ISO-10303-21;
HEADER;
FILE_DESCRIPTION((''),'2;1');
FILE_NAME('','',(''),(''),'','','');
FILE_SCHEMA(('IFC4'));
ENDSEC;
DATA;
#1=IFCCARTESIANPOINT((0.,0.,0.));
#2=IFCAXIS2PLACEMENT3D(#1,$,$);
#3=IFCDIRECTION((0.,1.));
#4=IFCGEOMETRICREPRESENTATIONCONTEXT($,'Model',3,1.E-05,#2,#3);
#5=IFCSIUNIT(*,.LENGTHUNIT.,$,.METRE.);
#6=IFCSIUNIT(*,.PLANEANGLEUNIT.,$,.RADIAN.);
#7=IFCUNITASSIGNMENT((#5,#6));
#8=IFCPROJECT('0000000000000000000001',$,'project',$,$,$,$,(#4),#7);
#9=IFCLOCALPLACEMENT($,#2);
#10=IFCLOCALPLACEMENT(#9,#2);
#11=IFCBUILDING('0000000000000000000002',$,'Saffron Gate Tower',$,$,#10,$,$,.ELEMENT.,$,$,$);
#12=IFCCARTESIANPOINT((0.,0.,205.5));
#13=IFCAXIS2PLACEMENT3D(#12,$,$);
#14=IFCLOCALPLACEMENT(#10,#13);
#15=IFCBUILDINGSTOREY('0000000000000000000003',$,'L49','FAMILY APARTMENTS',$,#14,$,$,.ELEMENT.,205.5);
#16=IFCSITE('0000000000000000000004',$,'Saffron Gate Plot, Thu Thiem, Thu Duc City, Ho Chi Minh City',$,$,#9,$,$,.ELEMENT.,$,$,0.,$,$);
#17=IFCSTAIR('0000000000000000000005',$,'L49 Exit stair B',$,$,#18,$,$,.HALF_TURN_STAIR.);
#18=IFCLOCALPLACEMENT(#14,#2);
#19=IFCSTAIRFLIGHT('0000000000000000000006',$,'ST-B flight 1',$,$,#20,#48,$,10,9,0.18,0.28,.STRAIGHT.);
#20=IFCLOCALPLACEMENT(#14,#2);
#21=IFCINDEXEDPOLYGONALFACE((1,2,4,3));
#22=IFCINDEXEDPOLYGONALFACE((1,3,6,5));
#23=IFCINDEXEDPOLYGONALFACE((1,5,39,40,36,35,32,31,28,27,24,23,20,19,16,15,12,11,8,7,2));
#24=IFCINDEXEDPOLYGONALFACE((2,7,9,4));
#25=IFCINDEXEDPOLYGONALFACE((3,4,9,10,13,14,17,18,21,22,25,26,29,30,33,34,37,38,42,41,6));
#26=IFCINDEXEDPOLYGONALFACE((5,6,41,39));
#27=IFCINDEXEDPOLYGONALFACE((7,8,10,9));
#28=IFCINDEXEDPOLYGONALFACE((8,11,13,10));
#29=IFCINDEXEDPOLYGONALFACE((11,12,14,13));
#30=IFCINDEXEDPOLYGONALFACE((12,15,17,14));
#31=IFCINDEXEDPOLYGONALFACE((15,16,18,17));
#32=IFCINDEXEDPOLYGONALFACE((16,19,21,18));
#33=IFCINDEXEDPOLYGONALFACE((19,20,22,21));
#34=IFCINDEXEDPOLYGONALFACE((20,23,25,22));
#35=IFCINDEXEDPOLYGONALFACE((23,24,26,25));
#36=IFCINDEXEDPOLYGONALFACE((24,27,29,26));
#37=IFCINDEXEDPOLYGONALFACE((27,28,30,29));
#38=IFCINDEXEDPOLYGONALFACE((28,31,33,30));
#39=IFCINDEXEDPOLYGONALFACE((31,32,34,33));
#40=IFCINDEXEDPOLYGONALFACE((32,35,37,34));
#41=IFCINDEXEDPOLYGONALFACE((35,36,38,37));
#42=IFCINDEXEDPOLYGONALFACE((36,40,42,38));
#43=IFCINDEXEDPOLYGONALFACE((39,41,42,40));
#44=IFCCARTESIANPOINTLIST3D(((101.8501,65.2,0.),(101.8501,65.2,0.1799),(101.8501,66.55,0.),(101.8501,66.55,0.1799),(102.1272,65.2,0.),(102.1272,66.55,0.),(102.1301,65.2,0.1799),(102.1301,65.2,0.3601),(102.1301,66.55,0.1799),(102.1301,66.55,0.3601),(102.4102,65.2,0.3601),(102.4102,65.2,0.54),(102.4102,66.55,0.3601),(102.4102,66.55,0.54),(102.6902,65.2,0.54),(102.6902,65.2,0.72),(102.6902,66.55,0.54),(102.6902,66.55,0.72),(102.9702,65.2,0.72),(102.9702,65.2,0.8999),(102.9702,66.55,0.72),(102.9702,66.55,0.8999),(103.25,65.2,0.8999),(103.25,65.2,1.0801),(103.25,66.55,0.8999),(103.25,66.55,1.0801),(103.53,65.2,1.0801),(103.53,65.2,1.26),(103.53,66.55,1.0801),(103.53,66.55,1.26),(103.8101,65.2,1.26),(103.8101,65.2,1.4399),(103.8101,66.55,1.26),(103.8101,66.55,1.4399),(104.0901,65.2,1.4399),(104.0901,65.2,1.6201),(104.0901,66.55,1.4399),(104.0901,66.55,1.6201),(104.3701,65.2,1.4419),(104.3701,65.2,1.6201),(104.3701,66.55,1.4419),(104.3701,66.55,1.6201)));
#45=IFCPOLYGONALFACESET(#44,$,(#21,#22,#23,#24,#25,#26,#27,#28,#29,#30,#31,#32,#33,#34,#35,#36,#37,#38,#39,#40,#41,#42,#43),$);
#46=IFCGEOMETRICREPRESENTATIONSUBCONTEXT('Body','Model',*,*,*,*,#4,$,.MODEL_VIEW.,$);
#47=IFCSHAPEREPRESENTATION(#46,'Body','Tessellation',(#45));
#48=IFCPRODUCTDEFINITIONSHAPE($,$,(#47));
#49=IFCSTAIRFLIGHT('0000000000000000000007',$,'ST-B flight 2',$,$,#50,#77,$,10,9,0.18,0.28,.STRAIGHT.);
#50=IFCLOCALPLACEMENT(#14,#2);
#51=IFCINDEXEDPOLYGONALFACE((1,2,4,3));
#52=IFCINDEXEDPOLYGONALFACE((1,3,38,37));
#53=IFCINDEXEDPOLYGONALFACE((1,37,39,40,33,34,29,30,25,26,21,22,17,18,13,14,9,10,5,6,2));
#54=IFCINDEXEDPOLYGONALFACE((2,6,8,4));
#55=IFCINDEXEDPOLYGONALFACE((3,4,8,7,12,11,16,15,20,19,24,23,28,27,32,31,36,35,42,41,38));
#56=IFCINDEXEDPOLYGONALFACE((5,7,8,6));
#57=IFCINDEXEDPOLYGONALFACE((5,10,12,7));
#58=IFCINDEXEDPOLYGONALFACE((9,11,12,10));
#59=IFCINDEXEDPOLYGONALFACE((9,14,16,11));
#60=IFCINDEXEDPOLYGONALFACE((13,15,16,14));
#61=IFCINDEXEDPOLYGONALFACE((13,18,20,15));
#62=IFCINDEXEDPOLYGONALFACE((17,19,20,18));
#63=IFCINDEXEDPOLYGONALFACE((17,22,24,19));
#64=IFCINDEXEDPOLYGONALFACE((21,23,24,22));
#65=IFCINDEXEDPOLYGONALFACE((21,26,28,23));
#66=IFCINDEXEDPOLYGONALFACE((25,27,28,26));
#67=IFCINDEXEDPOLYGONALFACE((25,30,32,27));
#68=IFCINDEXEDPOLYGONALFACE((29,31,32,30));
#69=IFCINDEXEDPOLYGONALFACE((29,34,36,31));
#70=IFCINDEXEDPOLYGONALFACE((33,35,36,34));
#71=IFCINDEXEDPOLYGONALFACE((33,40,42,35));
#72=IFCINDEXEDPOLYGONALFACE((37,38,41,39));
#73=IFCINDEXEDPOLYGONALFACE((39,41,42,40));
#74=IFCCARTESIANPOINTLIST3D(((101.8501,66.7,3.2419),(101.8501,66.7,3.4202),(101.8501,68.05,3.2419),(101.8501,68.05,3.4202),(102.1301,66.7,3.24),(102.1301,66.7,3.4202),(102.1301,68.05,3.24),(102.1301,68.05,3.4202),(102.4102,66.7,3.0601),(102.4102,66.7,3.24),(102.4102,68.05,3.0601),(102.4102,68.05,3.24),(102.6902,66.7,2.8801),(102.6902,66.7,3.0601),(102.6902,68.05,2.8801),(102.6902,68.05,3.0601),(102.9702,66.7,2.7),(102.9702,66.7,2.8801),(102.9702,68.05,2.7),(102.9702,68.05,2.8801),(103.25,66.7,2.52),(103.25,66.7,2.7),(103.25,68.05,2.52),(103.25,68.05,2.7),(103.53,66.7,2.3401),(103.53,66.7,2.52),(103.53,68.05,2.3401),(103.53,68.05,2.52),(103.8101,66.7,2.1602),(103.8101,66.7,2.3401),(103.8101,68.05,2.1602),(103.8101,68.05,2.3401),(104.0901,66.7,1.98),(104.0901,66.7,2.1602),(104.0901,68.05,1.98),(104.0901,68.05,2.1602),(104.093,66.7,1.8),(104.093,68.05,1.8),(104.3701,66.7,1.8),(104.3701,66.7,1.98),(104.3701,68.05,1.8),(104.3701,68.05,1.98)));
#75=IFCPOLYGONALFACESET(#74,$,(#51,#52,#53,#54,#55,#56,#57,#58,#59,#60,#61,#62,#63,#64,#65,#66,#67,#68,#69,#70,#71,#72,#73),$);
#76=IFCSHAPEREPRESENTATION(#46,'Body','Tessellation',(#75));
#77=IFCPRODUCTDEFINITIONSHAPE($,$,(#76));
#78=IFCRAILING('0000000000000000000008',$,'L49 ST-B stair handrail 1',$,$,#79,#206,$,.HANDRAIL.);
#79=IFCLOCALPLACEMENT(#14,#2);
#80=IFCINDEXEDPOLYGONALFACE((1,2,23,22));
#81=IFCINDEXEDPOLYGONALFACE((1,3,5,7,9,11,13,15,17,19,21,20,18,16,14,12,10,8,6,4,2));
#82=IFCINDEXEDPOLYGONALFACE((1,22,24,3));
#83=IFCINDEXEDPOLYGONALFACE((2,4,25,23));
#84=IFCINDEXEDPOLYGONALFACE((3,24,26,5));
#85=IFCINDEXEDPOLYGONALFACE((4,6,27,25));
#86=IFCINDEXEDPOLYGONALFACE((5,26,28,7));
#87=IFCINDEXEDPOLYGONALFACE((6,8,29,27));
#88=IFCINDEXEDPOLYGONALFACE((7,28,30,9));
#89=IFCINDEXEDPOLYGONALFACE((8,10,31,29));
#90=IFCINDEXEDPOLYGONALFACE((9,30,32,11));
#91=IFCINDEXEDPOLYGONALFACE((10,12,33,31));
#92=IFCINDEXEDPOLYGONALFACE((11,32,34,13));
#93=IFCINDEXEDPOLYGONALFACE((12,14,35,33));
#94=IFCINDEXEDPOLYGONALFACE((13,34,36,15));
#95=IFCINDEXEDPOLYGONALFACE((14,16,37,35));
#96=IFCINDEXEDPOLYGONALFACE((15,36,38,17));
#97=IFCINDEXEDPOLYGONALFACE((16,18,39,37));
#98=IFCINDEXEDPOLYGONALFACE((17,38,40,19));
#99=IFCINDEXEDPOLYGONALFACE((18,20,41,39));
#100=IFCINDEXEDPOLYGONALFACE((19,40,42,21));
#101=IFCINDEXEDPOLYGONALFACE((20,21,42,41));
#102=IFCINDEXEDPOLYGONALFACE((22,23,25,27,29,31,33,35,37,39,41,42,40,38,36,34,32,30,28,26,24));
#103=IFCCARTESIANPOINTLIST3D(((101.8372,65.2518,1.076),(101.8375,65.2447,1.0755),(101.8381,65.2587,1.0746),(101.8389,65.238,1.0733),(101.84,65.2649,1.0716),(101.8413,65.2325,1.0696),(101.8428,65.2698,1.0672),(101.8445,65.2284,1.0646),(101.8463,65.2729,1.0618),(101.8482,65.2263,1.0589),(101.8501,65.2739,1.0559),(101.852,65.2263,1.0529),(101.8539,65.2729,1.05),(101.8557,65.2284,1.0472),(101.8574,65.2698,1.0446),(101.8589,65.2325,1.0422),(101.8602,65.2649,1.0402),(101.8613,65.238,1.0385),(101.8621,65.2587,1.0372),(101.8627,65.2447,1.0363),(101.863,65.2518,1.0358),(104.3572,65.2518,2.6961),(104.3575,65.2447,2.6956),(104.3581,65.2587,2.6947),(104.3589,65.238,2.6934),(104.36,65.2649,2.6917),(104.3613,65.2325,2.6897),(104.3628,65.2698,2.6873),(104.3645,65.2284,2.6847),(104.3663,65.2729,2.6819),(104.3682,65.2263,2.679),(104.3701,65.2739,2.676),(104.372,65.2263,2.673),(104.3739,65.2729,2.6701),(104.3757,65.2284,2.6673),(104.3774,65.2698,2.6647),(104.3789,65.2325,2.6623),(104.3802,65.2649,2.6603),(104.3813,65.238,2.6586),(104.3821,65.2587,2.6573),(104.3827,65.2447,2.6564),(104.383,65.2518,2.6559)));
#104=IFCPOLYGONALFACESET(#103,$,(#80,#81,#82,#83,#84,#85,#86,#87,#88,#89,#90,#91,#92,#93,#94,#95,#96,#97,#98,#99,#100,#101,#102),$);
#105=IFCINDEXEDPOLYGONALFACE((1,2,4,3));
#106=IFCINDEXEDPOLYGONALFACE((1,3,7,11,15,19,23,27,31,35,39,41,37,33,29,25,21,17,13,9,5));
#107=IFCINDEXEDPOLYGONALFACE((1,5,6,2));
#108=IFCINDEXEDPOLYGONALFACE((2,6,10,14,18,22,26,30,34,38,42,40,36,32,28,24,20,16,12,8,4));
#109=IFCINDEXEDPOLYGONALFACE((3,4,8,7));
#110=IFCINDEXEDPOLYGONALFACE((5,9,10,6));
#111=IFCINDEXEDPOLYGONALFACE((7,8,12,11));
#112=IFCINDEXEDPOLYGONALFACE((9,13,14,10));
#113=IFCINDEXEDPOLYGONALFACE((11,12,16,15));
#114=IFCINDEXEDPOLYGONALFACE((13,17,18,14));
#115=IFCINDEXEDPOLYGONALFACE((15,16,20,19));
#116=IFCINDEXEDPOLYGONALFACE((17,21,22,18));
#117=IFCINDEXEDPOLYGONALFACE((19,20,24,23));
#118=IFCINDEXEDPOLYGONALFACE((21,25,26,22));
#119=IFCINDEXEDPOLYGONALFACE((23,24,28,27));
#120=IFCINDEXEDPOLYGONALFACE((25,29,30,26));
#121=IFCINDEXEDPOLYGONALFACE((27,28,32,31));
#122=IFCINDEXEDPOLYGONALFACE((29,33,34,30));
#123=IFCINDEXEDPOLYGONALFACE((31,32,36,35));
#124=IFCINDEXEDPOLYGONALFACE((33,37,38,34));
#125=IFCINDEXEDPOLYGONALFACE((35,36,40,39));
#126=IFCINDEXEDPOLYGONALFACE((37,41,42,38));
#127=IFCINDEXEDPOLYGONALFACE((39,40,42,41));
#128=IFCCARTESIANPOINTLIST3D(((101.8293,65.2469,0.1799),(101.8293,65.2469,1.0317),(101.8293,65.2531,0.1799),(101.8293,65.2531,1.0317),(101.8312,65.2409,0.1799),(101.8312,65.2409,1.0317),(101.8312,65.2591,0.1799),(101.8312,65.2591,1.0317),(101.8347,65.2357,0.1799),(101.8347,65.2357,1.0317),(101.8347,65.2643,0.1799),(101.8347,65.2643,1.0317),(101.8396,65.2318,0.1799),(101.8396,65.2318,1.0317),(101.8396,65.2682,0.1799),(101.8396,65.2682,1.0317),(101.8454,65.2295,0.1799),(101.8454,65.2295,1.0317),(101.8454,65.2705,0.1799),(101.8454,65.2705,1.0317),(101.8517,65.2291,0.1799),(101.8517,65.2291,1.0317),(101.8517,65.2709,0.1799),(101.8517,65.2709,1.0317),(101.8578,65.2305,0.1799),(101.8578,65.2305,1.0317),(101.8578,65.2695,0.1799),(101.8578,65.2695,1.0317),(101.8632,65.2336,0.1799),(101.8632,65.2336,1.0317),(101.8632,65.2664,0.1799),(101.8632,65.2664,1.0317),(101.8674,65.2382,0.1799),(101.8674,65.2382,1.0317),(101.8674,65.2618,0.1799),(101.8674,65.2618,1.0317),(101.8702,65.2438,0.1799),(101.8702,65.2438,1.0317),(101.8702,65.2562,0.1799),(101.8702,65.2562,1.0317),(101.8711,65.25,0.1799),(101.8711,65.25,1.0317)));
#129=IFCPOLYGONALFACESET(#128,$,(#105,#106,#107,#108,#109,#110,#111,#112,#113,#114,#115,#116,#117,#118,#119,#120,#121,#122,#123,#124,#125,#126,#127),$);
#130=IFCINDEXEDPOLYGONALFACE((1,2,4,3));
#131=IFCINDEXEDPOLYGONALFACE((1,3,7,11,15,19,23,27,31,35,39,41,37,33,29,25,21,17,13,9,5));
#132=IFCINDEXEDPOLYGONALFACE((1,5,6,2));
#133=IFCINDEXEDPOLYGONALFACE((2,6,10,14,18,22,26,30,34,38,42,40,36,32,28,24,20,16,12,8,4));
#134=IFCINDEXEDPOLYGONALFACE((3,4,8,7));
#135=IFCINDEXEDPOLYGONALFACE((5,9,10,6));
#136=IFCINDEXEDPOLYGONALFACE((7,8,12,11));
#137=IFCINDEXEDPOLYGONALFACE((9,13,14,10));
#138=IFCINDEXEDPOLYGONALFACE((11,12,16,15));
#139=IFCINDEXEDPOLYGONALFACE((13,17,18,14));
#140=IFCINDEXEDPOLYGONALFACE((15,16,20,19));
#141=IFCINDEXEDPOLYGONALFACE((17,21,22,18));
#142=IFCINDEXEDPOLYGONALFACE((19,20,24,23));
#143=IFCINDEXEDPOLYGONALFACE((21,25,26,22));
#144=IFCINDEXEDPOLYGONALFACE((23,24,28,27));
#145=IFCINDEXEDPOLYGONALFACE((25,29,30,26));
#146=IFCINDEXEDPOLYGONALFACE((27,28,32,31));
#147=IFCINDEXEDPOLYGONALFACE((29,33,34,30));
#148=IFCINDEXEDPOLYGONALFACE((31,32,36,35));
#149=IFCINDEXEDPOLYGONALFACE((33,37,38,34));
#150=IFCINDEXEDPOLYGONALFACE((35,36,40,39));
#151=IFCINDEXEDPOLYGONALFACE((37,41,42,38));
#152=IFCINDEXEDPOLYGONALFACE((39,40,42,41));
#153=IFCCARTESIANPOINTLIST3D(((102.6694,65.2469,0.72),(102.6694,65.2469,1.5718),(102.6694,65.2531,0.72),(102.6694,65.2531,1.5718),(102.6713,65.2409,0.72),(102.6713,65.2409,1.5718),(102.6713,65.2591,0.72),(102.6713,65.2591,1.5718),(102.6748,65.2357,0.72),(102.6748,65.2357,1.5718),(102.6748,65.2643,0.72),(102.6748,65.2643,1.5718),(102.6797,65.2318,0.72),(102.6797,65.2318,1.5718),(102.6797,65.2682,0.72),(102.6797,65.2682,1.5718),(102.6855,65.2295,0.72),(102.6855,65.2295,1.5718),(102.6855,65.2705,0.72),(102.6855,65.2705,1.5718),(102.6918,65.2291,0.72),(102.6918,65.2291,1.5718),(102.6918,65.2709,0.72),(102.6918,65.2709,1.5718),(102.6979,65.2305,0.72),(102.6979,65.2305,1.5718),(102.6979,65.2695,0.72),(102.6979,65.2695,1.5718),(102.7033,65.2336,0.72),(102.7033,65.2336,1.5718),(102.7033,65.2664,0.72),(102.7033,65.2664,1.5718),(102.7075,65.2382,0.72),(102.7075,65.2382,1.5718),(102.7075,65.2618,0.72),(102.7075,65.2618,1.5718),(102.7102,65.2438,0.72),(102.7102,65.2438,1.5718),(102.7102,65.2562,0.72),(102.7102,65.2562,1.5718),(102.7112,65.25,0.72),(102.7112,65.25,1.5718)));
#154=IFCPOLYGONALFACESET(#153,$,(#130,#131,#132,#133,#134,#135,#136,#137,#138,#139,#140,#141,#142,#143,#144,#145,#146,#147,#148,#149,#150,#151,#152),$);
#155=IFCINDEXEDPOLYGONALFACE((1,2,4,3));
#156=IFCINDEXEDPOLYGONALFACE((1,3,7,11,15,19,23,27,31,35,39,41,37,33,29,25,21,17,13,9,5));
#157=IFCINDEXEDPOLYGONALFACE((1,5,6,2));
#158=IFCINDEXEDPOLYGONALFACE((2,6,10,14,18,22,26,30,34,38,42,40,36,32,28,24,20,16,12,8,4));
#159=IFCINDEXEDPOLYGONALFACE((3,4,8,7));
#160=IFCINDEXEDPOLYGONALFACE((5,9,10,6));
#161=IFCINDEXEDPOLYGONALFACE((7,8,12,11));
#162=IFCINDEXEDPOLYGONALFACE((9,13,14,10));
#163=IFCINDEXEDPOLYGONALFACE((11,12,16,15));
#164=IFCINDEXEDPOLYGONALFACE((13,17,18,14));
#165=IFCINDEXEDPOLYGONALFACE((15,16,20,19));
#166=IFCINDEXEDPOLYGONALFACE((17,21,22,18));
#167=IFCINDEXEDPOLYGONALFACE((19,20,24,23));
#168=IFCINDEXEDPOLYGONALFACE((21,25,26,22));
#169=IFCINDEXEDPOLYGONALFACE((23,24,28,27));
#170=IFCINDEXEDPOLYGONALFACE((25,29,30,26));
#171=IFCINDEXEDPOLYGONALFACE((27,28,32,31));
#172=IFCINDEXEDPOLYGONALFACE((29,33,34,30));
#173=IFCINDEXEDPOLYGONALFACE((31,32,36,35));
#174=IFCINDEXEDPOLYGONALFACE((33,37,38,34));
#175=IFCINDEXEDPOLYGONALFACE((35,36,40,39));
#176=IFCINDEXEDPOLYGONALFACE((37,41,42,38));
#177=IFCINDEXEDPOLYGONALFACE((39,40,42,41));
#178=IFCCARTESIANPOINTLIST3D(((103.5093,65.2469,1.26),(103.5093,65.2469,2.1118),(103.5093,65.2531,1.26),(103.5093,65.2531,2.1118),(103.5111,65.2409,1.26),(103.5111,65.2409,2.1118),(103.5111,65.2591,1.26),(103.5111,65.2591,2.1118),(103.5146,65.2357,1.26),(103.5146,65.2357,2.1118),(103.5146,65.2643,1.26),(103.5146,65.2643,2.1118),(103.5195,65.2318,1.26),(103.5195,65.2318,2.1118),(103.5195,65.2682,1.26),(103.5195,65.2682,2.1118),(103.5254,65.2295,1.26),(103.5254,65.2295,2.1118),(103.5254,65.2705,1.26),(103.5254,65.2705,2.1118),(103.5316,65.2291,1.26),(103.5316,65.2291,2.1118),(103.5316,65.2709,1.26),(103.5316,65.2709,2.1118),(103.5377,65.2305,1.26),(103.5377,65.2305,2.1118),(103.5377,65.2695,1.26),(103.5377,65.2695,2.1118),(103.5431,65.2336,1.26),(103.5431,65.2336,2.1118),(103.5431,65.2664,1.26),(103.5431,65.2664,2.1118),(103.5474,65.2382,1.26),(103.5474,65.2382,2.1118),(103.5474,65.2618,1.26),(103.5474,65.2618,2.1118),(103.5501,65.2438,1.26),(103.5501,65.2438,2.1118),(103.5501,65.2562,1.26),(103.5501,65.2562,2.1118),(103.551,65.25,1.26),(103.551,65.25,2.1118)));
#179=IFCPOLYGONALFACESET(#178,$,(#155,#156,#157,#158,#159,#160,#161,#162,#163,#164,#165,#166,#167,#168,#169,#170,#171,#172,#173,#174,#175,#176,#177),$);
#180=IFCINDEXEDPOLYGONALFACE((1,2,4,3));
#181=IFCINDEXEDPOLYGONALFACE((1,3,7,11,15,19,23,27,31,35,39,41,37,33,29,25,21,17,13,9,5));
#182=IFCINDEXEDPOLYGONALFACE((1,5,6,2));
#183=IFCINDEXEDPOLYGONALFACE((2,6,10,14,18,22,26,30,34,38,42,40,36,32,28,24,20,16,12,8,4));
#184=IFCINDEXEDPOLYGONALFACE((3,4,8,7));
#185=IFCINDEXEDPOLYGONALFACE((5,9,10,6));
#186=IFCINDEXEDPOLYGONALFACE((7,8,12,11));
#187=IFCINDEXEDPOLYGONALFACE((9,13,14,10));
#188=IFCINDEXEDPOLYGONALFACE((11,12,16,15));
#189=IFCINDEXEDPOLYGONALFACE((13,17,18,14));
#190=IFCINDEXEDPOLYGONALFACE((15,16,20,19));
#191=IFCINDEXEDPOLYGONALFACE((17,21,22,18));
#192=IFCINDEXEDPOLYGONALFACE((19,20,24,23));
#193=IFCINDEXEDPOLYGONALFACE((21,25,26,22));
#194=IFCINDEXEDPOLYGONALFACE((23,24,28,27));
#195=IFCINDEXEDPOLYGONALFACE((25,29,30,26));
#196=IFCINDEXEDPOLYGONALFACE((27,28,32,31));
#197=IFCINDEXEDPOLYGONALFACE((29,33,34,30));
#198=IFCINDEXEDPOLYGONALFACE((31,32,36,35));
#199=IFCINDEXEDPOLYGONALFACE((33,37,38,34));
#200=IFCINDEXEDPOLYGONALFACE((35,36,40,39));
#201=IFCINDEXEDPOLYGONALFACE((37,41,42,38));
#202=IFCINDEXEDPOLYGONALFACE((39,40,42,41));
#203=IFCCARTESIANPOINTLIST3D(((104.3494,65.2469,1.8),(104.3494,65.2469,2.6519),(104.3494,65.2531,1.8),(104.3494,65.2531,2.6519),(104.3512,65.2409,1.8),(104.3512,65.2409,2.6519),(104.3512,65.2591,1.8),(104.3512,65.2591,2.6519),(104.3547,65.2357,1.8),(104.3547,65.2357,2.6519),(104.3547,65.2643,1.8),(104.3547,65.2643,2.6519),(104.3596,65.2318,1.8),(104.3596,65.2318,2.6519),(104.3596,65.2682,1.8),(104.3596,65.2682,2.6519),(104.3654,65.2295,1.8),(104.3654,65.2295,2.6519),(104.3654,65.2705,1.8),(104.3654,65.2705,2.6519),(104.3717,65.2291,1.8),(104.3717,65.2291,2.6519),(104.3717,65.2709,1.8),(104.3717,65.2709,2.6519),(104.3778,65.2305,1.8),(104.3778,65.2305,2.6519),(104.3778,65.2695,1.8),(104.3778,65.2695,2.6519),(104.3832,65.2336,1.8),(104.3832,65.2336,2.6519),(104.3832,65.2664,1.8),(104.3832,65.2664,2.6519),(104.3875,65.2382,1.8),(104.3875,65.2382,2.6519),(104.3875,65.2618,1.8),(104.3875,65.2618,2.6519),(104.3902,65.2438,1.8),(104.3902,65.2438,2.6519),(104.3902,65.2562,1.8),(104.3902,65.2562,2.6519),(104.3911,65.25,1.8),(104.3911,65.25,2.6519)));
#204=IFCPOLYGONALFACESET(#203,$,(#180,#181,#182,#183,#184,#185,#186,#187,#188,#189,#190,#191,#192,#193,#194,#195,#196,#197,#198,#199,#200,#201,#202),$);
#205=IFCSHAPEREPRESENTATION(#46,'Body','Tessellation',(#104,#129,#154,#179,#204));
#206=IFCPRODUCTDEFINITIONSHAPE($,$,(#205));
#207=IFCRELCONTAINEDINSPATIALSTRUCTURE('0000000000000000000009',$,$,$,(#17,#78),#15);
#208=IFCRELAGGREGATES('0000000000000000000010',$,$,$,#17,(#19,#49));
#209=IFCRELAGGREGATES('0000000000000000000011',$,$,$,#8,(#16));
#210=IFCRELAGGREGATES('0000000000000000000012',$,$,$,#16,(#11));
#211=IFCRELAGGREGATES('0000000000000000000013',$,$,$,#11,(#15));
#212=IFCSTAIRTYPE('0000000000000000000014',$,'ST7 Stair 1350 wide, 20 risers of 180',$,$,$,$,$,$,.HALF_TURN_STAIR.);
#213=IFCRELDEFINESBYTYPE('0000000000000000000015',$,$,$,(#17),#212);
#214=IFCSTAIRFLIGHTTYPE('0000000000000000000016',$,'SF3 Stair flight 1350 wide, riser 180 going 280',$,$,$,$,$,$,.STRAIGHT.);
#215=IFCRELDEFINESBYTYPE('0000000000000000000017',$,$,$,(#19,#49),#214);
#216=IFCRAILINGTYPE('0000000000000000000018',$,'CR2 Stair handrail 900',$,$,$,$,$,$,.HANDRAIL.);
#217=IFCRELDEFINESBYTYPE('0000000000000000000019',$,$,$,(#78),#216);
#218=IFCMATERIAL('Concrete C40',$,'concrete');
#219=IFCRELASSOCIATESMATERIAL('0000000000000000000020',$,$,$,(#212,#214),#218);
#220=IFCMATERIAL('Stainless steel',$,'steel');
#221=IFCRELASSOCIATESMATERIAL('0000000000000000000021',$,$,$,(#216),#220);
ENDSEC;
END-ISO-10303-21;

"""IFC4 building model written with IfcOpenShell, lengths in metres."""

from ifc_helpers import new_model, si_unit, direction, frame, origin, origin_2d, place, context, subcontext, project, spatial, polyline, circle, outline, extrude, material, type_object, element, aggregate, save


model = new_model("IFC4")

# Units and contexts
model_context = context("Model", 3, precision=1e-05, world=origin(), true_north=direction((0.0, 1.0)))
body_context = subcontext(model_context, "Body", "Model", "MODEL_VIEW")
ifc_project = project(units=[si_unit("LENGTHUNIT", "METRE"), si_unit("PLANEANGLEUNIT", "RADIAN")], contexts=[model_context])

# Site, building, storey
site_placement = place(None, origin())
site = spatial("IfcSite", under=ifc_project, at=site_placement, Name="Saffron Gate Plot, Thu Thiem, Thu Duc City, Ho Chi Minh City", CompositionType="ELEMENT", RefElevation=0.0)
building_placement = place(site_placement, origin())
building = spatial("IfcBuilding", under=site, at=building_placement, Name="Saffron Gate Tower", CompositionType="ELEMENT")
storey_placement = place(building_placement, frame((0.0, 0.0, 205.5)))
storey = spatial("IfcBuildingStorey", under=building, at=storey_placement, Name="L49", Description="FAMILY APARTMENTS", CompositionType="ELEMENT", Elevation=205.5)

# Stair, stair flights
ifc_material_1 = material(Name="Concrete C40", Category="concrete")
stair_type = type_object("IfcStairType", Name="ST7 Stair 1350 wide, 20 risers of 180", PredefinedType="HALF_TURN_STAIR", material=ifc_material_1)
stair_placement = place(storey_placement, origin())
stair = element("IfcStair", 1, at=stair_placement, inside=storey, type_object=stair_type, Name="L49 Exit stair B", PredefinedType="HALF_TURN_STAIR")
stair_flight_type = type_object("IfcStairFlightType", Name="SF3 Stair flight 1350 wide, riser 180 going 280", PredefinedType="STRAIGHT", material=ifc_material_1)
stair_flight_1_placement = place(storey_placement, frame((101.8501, 65.875, 0.0), z_axis=(0.0, 0.0, 1.0), x_axis=(1.0, 0.0, 0.0)))
stair_flight_1 = element("IfcStairFlight", 2, at=stair_flight_1_placement, type_object=stair_flight_type, Name="ST-B flight 1", NumberOfRisers=10, NumberOfTreads=9, PredefinedType="STRAIGHT", RiserHeight=0.18, TreadLength=0.28, context=body_context, shape_type="SweptSolid", body=[
    extrude(outline(polyline([(0.0, 0.0), (0.0, 0.1799), (0.28, 0.1799), (0.28, 0.3601), (0.5601, 0.3601), (0.5601, 0.54), (0.8401, 0.54), (0.8401, 0.72), (1.1201, 0.72), (1.1201, 0.8999), (1.3999, 0.8999), (1.3999, 1.0801), (1.6799, 1.0801), (1.6799, 1.26), (1.96, 1.26), (1.96, 1.4399), (2.24, 1.4399), (2.24, 1.6201), (2.52, 1.6201), (2.52, 1.8), (2.52, 1.4419), (0.2771, 0.0), (0.0, 0.0)])), frame((0.0, 0.675, 0.0), z_axis=(0.0, -1.0, 0.0), x_axis=(1.0, 0.0, 0.0)), (0.0, 0.0, 1.0), 1.3501),
])
stair_flight_2_placement = place(storey_placement, frame((104.3701, 67.375, 1.8), z_axis=(0.0, 0.0, 1.0), x_axis=(-1.0, 0.0, 0.0)))
stair_flight_2 = element("IfcStairFlight", 3, at=stair_flight_2_placement, type_object=stair_flight_type, Name="ST-B flight 2", NumberOfRisers=10, NumberOfTreads=9, PredefinedType="STRAIGHT", RiserHeight=0.18, TreadLength=0.28, context=body_context, shape_type="SweptSolid", body=[
    extrude(outline(polyline([(0.0, 0.0), (0.0, 0.1799), (0.28, 0.1799), (0.28, 0.3601), (0.5601, 0.3601), (0.5601, 0.54), (0.8401, 0.54), (0.8401, 0.72), (1.1201, 0.72), (1.1201, 0.8999), (1.3999, 0.8999), (1.3999, 1.0801), (1.6799, 1.0801), (1.6799, 1.26), (1.96, 1.26), (1.96, 1.4399), (2.24, 1.4399), (2.24, 1.6201), (2.52, 1.6201), (2.52, 1.8), (2.52, 1.4419), (0.2771, 0.0), (0.0, 0.0)])), frame((0.0, 0.675, 0.0), z_axis=(0.0, -1.0, 0.0), x_axis=(1.0, 0.0, 0.0)), (0.0, 0.0, 1.0), 1.3501),
])
aggregate(stair, [stair_flight_1, stair_flight_2])

# Railing
ifc_material_2 = material(Name="Stainless steel", Category="steel")
railing_type_1 = type_object("IfcRailingType", Name="CR2 Stair handrail 900", PredefinedType="HANDRAIL", material=ifc_material_2)
railing_1_placement = place(storey_placement, frame((101.8501, 65.25, 0.1799)))
element("IfcRailing", 4, at=railing_1_placement, inside=storey, type_object=railing_type_1, Name="L49 ST-B stair handrail 1", PredefinedType="HANDRAIL", context=body_context, shape_type="SweptSolid", body=[
    extrude(circle(Radius=0.0239, at=origin_2d()), frame((0.0, 0.0, 0.876), z_axis=(0.841163, 0.0, 0.540782), x_axis=(0.0, 1.0, 0.0)), (0.0, 0.0, 1.0), 2.9958),
    extrude(circle(Radius=0.021, at=origin_2d()), origin(), (0.0, 0.0, 1.0), 0.8518),
    extrude(circle(Radius=0.021, at=origin_2d()), frame((0.8401, 0.0, 0.54)), (0.0, 0.0, 1.0), 0.8518),
    extrude(circle(Radius=0.021, at=origin_2d()), frame((1.6799, 0.0, 1.0801)), (0.0, 0.0, 1.0), 0.8518),
    extrude(circle(Radius=0.021, at=origin_2d()), frame((2.52, 0.0, 1.6201)), (0.0, 0.0, 1.0), 0.8518),
])

save(model, "model.ifc")
